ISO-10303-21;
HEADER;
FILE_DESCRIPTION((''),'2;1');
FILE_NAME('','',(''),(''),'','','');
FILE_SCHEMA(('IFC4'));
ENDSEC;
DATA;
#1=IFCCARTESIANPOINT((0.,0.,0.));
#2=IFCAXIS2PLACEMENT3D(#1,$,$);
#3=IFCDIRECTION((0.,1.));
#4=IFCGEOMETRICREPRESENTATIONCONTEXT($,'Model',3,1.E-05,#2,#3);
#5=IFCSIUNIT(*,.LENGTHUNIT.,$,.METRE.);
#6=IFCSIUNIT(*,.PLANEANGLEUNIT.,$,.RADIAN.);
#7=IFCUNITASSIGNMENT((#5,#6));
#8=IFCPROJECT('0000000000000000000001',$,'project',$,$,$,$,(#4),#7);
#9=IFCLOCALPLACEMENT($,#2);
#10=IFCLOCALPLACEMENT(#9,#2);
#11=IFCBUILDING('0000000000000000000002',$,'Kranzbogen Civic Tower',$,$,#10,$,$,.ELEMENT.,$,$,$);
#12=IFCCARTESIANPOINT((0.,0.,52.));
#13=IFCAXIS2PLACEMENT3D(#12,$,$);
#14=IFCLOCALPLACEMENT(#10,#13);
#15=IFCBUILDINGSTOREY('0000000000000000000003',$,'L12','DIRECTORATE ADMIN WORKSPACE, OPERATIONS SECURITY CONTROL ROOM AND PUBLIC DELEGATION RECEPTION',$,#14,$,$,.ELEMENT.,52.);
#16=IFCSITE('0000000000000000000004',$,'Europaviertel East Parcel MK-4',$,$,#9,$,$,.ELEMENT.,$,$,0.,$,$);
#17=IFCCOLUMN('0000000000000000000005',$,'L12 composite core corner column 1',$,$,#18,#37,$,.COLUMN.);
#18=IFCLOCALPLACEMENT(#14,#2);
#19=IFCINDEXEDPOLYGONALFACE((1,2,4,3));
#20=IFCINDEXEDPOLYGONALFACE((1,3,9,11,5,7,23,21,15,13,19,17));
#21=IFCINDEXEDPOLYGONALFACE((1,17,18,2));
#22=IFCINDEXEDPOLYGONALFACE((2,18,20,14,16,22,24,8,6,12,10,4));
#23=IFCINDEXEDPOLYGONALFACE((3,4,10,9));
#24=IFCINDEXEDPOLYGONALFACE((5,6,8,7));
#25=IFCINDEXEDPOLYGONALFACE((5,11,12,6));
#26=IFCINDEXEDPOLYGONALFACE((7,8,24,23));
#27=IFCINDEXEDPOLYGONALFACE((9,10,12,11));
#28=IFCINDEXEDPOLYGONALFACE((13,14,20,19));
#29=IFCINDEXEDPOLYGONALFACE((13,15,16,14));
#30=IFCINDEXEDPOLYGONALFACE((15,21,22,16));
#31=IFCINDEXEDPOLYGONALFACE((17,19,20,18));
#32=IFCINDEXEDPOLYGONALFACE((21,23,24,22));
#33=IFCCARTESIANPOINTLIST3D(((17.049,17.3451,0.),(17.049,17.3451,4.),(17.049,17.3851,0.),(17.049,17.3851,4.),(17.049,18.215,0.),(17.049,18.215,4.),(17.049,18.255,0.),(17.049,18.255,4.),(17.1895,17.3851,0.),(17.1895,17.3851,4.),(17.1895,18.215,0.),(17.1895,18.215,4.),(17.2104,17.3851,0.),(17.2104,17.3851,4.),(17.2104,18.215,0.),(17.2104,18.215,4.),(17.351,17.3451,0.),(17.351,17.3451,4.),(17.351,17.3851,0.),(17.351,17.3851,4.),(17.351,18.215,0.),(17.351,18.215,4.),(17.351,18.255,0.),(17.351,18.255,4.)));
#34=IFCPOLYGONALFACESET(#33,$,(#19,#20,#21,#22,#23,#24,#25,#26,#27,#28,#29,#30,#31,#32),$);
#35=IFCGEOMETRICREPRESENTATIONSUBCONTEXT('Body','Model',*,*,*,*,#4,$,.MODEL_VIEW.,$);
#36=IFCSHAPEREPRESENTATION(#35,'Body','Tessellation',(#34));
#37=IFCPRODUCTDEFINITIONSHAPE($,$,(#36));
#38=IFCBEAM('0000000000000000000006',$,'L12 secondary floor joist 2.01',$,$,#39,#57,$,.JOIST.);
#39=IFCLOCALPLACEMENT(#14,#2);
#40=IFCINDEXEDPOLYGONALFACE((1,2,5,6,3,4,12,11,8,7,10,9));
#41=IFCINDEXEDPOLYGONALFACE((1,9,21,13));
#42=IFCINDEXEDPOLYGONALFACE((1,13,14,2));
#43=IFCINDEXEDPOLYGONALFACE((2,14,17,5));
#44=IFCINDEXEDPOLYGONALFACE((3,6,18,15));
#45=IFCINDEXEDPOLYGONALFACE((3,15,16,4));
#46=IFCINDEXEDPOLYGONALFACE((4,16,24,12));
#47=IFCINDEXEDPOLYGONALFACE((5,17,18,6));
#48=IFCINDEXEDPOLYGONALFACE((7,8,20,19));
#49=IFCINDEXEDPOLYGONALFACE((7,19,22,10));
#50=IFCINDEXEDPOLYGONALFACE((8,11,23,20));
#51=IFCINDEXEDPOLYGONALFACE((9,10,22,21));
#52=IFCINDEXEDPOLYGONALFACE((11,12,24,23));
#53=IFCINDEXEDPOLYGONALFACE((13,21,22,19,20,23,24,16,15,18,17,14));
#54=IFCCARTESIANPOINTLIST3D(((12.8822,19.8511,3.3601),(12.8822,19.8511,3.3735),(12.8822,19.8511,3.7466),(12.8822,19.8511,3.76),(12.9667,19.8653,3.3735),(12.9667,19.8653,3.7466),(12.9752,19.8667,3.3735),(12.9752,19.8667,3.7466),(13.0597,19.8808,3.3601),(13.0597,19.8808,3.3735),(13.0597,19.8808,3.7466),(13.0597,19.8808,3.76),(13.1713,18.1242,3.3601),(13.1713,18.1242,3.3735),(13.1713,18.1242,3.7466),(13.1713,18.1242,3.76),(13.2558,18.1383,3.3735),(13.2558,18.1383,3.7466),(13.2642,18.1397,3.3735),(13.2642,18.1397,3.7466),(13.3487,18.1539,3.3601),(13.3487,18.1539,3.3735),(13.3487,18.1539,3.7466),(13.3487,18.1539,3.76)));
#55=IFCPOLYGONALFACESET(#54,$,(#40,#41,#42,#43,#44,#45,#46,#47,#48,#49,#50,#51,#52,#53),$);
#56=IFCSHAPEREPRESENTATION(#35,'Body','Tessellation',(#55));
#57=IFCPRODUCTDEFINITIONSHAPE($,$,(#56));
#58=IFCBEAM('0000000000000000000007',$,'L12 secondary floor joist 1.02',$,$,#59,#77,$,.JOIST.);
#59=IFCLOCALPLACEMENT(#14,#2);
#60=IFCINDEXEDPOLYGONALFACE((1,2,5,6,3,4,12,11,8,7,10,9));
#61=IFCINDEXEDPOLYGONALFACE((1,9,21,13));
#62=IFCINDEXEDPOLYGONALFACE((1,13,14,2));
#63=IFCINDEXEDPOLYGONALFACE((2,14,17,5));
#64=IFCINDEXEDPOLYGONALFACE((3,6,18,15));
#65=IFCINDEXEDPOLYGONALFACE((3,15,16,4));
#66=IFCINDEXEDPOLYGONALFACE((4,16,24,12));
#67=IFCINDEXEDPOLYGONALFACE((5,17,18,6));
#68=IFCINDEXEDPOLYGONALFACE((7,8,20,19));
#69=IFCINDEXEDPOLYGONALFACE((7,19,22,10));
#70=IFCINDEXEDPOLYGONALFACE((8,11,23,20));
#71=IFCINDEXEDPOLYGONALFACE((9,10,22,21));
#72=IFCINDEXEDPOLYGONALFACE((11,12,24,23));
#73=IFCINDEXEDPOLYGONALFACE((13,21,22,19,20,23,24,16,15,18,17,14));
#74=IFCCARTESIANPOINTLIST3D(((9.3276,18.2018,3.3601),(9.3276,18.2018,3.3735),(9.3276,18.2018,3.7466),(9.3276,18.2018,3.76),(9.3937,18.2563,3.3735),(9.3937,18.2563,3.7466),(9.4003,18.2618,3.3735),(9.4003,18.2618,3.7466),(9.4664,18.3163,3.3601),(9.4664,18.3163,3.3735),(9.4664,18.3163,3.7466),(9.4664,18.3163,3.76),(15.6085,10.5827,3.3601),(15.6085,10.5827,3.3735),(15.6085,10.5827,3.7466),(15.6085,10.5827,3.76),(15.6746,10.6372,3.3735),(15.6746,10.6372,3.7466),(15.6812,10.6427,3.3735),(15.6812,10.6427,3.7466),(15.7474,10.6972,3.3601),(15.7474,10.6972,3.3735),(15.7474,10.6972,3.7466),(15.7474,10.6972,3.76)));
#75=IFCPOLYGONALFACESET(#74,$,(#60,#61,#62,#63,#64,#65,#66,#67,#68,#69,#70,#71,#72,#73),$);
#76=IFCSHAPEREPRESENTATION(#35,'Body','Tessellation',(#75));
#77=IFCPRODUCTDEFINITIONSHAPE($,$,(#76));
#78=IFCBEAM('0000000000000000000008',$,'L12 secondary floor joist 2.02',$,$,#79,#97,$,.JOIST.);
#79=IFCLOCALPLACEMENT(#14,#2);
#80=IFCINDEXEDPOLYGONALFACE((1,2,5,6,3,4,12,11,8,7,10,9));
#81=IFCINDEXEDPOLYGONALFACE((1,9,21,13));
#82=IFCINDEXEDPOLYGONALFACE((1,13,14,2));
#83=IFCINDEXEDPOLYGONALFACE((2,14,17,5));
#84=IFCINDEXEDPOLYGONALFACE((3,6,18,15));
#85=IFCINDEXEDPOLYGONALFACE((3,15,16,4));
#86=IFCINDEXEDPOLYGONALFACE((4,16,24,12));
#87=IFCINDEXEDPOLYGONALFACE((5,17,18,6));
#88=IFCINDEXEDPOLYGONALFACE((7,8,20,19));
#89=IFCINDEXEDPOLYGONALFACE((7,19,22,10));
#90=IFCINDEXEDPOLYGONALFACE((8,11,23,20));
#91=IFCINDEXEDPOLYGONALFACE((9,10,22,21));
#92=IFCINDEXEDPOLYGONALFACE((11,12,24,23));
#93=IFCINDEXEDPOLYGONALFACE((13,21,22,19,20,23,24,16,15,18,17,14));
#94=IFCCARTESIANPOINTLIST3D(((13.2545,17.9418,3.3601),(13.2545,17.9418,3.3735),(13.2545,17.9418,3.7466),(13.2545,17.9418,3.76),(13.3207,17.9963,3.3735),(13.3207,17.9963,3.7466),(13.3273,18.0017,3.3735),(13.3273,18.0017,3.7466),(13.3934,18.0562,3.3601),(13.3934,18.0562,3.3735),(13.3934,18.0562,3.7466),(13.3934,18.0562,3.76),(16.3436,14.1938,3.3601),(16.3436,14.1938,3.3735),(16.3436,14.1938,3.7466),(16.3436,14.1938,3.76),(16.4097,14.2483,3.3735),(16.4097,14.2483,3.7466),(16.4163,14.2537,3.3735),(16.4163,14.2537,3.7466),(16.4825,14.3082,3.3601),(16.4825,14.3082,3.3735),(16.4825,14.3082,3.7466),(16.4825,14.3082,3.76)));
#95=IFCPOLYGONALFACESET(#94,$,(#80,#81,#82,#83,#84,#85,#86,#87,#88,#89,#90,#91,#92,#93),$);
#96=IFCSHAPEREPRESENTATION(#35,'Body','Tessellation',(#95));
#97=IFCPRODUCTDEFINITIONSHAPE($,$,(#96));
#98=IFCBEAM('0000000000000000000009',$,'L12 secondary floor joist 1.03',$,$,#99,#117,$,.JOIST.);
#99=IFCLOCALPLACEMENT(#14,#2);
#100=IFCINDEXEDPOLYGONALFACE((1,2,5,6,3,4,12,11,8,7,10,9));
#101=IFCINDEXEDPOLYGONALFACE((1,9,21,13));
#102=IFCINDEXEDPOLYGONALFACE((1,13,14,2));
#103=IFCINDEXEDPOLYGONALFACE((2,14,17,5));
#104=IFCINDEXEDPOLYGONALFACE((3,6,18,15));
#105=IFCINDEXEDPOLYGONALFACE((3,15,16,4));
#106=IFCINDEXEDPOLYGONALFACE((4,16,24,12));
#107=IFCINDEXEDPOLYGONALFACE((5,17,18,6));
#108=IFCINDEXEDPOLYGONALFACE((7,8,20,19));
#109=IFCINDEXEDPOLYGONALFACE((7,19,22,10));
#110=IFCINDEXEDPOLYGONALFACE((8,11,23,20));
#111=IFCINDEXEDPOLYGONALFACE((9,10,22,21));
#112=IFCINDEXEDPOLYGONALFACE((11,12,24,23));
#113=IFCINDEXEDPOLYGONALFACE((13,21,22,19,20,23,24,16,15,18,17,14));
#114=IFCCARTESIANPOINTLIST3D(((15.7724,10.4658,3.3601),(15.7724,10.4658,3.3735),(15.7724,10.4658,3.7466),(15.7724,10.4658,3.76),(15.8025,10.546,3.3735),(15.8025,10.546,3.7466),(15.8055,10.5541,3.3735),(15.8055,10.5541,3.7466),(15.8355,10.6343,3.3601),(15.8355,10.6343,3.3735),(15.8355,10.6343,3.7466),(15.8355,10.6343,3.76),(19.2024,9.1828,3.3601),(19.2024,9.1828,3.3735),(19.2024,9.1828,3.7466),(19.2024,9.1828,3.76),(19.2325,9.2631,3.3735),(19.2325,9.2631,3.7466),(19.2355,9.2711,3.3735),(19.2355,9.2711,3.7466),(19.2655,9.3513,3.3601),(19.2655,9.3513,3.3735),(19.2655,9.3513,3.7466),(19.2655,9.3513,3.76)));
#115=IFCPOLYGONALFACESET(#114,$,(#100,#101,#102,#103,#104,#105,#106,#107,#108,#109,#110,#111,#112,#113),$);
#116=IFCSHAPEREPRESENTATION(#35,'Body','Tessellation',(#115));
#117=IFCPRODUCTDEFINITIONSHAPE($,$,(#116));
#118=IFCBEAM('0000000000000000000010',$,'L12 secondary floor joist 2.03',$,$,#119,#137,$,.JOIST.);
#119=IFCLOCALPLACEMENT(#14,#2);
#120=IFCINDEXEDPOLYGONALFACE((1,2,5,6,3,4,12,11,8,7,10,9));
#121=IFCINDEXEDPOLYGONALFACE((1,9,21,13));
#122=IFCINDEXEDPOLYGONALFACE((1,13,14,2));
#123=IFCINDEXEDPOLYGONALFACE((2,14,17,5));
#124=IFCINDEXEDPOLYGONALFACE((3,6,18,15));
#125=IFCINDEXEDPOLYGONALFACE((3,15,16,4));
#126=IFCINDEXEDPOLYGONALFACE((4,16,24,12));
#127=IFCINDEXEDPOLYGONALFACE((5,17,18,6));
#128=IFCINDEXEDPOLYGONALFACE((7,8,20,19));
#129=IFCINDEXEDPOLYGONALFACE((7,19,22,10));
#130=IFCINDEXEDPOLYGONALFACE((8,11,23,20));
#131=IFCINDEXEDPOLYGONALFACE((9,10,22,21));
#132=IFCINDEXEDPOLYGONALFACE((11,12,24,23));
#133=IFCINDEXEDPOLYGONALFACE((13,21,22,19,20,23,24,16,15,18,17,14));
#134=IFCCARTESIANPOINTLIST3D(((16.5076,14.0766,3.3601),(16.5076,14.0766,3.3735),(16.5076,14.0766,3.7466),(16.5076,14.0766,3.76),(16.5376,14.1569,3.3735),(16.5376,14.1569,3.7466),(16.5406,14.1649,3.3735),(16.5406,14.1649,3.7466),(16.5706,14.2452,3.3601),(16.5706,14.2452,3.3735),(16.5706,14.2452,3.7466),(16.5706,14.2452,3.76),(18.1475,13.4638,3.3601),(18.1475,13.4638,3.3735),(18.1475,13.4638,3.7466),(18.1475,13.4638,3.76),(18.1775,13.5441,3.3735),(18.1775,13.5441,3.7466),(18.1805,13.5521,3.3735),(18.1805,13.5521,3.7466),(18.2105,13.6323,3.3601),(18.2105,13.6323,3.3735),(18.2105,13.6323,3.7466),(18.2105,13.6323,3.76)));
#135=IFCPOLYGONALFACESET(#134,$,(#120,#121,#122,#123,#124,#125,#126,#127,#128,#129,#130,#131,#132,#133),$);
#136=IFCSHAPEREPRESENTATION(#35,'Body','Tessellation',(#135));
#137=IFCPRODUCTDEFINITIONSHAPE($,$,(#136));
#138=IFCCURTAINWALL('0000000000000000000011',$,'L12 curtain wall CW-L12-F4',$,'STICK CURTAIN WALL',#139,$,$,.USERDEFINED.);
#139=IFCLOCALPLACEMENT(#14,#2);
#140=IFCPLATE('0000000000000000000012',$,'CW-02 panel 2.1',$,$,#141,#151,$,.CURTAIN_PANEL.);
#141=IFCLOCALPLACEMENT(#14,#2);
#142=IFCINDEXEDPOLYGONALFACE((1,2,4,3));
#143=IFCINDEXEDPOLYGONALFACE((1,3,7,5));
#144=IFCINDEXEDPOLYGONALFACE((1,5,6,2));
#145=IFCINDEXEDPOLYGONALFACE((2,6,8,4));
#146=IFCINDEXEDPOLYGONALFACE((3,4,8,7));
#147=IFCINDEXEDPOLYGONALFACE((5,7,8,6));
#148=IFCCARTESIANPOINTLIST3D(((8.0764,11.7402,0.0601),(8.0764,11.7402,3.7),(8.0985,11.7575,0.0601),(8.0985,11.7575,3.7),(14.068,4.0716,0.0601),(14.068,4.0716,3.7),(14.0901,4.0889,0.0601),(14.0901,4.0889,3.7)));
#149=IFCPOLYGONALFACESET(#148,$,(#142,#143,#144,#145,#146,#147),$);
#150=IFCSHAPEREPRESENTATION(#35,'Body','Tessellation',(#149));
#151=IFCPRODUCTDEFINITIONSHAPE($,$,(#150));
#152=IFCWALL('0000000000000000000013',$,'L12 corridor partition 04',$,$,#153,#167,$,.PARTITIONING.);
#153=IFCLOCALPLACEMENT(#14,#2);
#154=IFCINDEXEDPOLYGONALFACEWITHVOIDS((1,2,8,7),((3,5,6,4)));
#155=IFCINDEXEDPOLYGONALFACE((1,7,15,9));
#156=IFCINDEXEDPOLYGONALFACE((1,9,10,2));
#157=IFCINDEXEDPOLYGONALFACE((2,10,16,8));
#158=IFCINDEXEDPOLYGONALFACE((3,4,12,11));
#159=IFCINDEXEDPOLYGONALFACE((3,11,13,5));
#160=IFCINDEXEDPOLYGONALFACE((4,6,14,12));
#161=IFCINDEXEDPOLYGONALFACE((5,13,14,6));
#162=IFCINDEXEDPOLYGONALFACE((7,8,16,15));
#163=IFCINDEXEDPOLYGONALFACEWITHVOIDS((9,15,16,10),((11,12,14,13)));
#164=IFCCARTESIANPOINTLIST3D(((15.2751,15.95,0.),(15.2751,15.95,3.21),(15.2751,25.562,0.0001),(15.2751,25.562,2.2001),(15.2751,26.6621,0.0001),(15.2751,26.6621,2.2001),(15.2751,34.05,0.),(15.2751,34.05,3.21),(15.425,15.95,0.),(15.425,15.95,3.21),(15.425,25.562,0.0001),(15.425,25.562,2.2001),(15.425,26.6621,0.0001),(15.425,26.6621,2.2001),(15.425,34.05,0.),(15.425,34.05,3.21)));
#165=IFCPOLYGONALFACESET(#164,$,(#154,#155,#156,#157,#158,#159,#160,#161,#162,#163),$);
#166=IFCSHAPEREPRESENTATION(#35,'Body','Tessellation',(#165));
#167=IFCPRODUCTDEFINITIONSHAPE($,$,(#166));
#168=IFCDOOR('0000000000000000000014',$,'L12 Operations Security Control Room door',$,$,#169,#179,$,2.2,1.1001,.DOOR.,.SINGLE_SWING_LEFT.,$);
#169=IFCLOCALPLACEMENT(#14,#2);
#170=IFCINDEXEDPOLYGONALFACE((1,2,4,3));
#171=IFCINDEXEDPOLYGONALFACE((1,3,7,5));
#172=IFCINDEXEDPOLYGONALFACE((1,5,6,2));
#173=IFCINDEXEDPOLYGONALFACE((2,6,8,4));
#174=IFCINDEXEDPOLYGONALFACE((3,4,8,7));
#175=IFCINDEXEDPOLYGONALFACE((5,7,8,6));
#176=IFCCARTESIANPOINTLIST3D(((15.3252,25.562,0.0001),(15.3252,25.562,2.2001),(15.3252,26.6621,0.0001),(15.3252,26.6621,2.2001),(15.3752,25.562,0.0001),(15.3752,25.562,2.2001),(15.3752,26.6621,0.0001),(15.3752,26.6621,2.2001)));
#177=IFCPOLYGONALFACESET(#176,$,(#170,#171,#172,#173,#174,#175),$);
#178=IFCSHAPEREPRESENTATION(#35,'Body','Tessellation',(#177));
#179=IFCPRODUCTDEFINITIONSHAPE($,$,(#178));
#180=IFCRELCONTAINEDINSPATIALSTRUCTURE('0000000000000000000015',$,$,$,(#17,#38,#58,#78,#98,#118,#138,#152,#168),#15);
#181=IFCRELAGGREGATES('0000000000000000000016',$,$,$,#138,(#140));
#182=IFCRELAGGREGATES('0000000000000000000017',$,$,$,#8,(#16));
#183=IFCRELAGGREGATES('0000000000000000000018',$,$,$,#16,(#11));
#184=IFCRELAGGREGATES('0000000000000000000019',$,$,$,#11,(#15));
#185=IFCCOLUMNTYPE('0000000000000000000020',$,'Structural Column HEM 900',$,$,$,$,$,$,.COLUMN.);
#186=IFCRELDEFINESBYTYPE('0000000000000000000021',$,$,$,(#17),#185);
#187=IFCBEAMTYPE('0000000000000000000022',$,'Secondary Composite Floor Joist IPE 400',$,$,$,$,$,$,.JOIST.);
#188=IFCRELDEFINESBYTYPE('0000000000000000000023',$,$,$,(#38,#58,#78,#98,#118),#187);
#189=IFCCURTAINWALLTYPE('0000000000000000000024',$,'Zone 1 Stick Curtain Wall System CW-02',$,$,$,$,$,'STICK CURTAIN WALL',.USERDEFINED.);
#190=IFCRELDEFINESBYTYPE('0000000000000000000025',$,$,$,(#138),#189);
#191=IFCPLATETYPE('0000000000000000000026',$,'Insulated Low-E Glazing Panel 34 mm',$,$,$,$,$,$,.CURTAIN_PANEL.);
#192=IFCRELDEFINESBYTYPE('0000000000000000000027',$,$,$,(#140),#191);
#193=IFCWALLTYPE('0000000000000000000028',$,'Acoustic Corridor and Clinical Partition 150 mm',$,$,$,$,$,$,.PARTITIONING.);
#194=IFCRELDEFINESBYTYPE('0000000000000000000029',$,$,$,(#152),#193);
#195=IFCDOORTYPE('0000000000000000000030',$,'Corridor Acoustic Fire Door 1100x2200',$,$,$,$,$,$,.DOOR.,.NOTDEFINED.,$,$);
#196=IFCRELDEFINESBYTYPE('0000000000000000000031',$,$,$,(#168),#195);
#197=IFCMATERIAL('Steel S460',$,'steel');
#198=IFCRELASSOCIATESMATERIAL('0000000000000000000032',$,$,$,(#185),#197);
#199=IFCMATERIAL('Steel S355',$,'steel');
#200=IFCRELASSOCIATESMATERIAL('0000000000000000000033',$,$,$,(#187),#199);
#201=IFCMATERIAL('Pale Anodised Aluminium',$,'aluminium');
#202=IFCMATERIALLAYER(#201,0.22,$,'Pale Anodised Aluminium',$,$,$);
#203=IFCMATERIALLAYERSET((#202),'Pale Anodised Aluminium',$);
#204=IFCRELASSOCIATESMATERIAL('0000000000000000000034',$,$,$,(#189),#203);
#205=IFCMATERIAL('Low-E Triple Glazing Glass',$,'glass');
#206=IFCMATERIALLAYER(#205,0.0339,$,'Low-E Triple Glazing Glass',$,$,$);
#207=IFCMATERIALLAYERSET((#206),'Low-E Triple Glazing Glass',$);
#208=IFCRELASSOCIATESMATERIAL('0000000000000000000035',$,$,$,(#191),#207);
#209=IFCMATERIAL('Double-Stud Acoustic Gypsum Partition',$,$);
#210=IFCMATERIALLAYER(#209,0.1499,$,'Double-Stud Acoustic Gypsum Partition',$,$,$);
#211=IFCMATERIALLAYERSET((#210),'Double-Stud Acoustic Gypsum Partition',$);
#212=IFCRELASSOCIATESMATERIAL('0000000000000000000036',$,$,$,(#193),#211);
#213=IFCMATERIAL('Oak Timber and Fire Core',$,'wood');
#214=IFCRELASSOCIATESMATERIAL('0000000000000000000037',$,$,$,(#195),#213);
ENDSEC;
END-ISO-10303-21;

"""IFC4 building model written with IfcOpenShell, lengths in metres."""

from ifc_helpers import new_model, si_unit, direction, frame, frame_2d, origin, origin_2d, place, context, subcontext, project, spatial, rectangle, i_section, extrude, material, layer, layer_set, material_profile, profile_set, type_object, element, fill, aggregate, save


model = new_model("IFC4")

# Units and contexts
model_context = context("Model", 3, precision=1e-05, world=origin(), true_north=direction((0.0, 1.0)))
body_context = subcontext(model_context, "Body", "Model", "MODEL_VIEW")
ifc_project = project(units=[si_unit("LENGTHUNIT", "METRE"), si_unit("PLANEANGLEUNIT", "RADIAN")], contexts=[model_context])

# Site, building, storey
site_placement = place(None, origin())
site = spatial("IfcSite", under=ifc_project, at=site_placement, Name="Europaviertel East Parcel MK-4", CompositionType="ELEMENT", RefElevation=0.0)
building_placement = place(site_placement, origin())
building = spatial("IfcBuilding", under=site, at=building_placement, Name="Kranzbogen Civic Tower", CompositionType="ELEMENT")
storey_placement = place(building_placement, frame((0.0, 0.0, 52.0)))
storey = spatial("IfcBuildingStorey", under=building, at=storey_placement, Name="L12", Description="DIRECTORATE ADMIN WORKSPACE, OPERATIONS SECURITY CONTROL ROOM AND PUBLIC DELEGATION RECEPTION", CompositionType="ELEMENT", Elevation=52.0)

# Column
ifc_material_1 = material(Name="Steel S460", Category="steel")
ifc_material_profile_1 = material_profile(ifc_material_1, i_section(OverallWidth=0.302, OverallDepth=0.9099, WebThickness=0.021, FlangeThickness=0.04, at=origin_2d()), Name="HEM 900")
ifc_profile_set_1 = profile_set([ifc_material_profile_1], Name="Steel S460")
column_type = type_object("IfcColumnType", Name="Structural Column HEM 900", PredefinedType="COLUMN", material=ifc_profile_set_1)
column_placement = place(storey_placement, frame((17.2, 17.8, 0.0), z_axis=(0.0, 0.0, 1.0), x_axis=(1.0, 0.0, 0.0)))
element("IfcColumn", 1, at=column_placement, inside=storey, type_object=column_type, Name="L12 composite core corner column 1", PredefinedType="COLUMN", context=body_context, shape_type="SweptSolid", body=[
    extrude(i_section(OverallWidth=0.302, OverallDepth=0.9099, WebThickness=0.021, FlangeThickness=0.04, at=origin_2d()), origin(), (0.0, 0.0, 1.0), 4.0),
])

# Beams
ifc_material_2 = material(Name="Steel S355", Category="steel")
ifc_material_profile_2 = material_profile(ifc_material_2, i_section(OverallWidth=0.1799, OverallDepth=0.3999, WebThickness=0.0085, FlangeThickness=0.0134, at=origin_2d()), Name="IPE 400")
ifc_profile_set_2 = profile_set([ifc_material_profile_2], Name="Steel S355")
beam_type = type_object("IfcBeamType", Name="Secondary Composite Floor Joist IPE 400", PredefinedType="JOIST", material=ifc_profile_set_2)
beam_1_placement = place(storey_placement, frame((12.9709, 19.866, 3.5601), z_axis=(0.165077, -0.986281, 0.0), x_axis=(0.986281, 0.165077, 0.0)))
element("IfcBeam", 2, at=beam_1_placement, inside=storey, type_object=beam_type, Name="L12 secondary floor joist 2.01", PredefinedType="JOIST", context=body_context, shape_type="SweptSolid", body=[
    extrude(i_section(OverallWidth=0.1799, OverallDepth=0.3999, WebThickness=0.0085, FlangeThickness=0.0134, at=origin_2d()), origin(), (0.0, 0.0, 1.0), 1.751),
])
beam_2_placement = place(storey_placement, frame((9.397, 18.259, 3.5601), z_axis=(0.636095, -0.771611, 0.0), x_axis=(0.771611, 0.636095, 0.0)))
element("IfcBeam", 3, at=beam_2_placement, inside=storey, type_object=beam_type, Name="L12 secondary floor joist 1.02", PredefinedType="JOIST", context=body_context, shape_type="SweptSolid", body=[
    extrude(i_section(OverallWidth=0.1799, OverallDepth=0.3999, WebThickness=0.0085, FlangeThickness=0.0134, at=origin_2d()), origin(), (0.0, 0.0, 1.0), 9.8743),
])
beam_3_placement = place(storey_placement, frame((13.324, 17.999, 3.5601), z_axis=(0.636012, -0.771679, 0.0), x_axis=(0.771679, 0.636012, 0.0)))
element("IfcBeam", 4, at=beam_3_placement, inside=storey, type_object=beam_type, Name="L12 secondary floor joist 2.02", PredefinedType="JOIST", context=body_context, shape_type="SweptSolid", body=[
    extrude(i_section(OverallWidth=0.1799, OverallDepth=0.3999, WebThickness=0.0085, FlangeThickness=0.0134, at=origin_2d()), origin(), (0.0, 0.0, 1.0), 4.8569),
])
beam_4_placement = place(storey_placement, frame((15.804, 10.55, 3.5601), z_axis=(0.936622, -0.350342, 0.0), x_axis=(0.350342, 0.936622, 0.0)))
element("IfcBeam", 5, at=beam_4_placement, inside=storey, type_object=beam_type, Name="L12 secondary floor joist 1.03", PredefinedType="JOIST", context=body_context, shape_type="SweptSolid", body=[
    extrude(i_section(OverallWidth=0.1799, OverallDepth=0.3999, WebThickness=0.0085, FlangeThickness=0.0134, at=origin_2d()), origin(), (0.0, 0.0, 1.0), 3.6621),
])
beam_5_placement = place(storey_placement, frame((16.5391, 14.1609, 3.5601), z_axis=(0.936735, -0.350038, 0.0), x_axis=(0.350038, 0.936735, 0.0)))
element("IfcBeam", 6, at=beam_5_placement, inside=storey, type_object=beam_type, Name="L12 secondary floor joist 2.03", PredefinedType="JOIST", context=body_context, shape_type="SweptSolid", body=[
    extrude(i_section(OverallWidth=0.1799, OverallDepth=0.3999, WebThickness=0.0085, FlangeThickness=0.0134, at=origin_2d()), origin(), (0.0, 0.0, 1.0), 1.7507),
])

# Curtain wall, plate
ifc_material_3 = material(Name="Pale Anodised Aluminium", Category="aluminium")
ifc_layer_1 = layer(ifc_material_3, 0.22, Name="Pale Anodised Aluminium")
ifc_layer_set_1 = layer_set([ifc_layer_1], Name="Pale Anodised Aluminium")
curtain_wall_type = type_object("IfcCurtainWallType", Name="Zone 1 Stick Curtain Wall System CW-02", ElementType="STICK CURTAIN WALL", PredefinedType="USERDEFINED", material=ifc_layer_set_1)
curtain_wall_placement = place(storey_placement, origin())
curtain_wall = element("IfcCurtainWall", 7, at=curtain_wall_placement, inside=storey, type_object=curtain_wall_type, Name="L12 curtain wall CW-L12-F4", ObjectType="STICK CURTAIN WALL", PredefinedType="USERDEFINED")
ifc_material_4 = material(Name="Low-E Triple Glazing Glass", Category="glass")
ifc_layer_2 = layer(ifc_material_4, 0.0339, Name="Low-E Triple Glazing Glass")
ifc_layer_set_2 = layer_set([ifc_layer_2], Name="Low-E Triple Glazing Glass")
plate_type = type_object("IfcPlateType", Name="Insulated Low-E Glazing Panel 34 mm", PredefinedType="CURTAIN_PANEL", material=ifc_layer_set_2)
plate_placement = place(storey_placement, frame((11.0833, 7.9146, 0.0601), z_axis=(0.0, 0.0, 1.0), x_axis=(0.615677, -0.787999, 0.0)))
plate = element("IfcPlate", 8, at=plate_placement, type_object=plate_type, Name="CW-02 panel 2.1", PredefinedType="CURTAIN_PANEL", context=body_context, shape_type="SweptSolid", body=[
    extrude(rectangle(XDim=9.7317, YDim=0.0281, at=origin_2d()), origin(), (0.0, 0.0, 1.0), 3.6399),
])
aggregate(curtain_wall, [plate])

# Wall, opening, door
ifc_material_5 = material(Name="Double-Stud Acoustic Gypsum Partition")
ifc_layer_3 = layer(ifc_material_5, 0.1499, Name="Double-Stud Acoustic Gypsum Partition")
ifc_layer_set_3 = layer_set([ifc_layer_3], Name="Double-Stud Acoustic Gypsum Partition")
wall_type_1 = type_object("IfcWallType", Name="Acoustic Corridor and Clinical Partition 150 mm", PredefinedType="PARTITIONING", material=ifc_layer_set_3)
wall_1_placement = place(storey_placement, frame((15.3501, 15.95, 0.0), z_axis=(0.0, 0.0, 1.0), x_axis=(0.0, 1.0, 0.0)))
wall_1 = element("IfcWall", 9, at=wall_1_placement, inside=storey, type_object=wall_type_1, Name="L12 corridor partition 04", PredefinedType="PARTITIONING", context=body_context, shape_type="SweptSolid", body=[
    extrude(rectangle(XDim=18.1001, YDim=0.1499, at=frame_2d((9.05, 0.0))), origin(), (0.0, 0.0, 1.0), 3.21),
])
opening_1_placement = place(wall_1_placement, frame((9.6121, 0.0, 0.0)))
opening_1 = element("IfcOpeningElement", 10, at=opening_1_placement, cuts=wall_1, PredefinedType="OPENING", context=body_context, shape_type="SweptSolid", body=[
    extrude(rectangle(XDim=1.1001, YDim=2.2, at=frame_2d((0.55, 1.1001))), frame((0.0, 0.085, 0.0), z_axis=(0.0, -1.0, 0.0), x_axis=(1.0, 0.0, 0.0)), (0.0, 0.0, 1.0), 0.1699),
])
ifc_material_6 = material(Name="Oak Timber and Fire Core", Category="wood")
door_type_1 = type_object("IfcDoorType", Name="Corridor Acoustic Fire Door 1100x2200", OperationType="NOTDEFINED", PredefinedType="DOOR", material=ifc_material_6)
door_1_placement = place(opening_1_placement, origin())
door_1 = element("IfcDoor", 11, at=door_1_placement, inside=storey, type_object=door_type_1, Name="L12 Operations Security Control Room door", OperationType="SINGLE_SWING_LEFT", OverallHeight=2.2, OverallWidth=1.1001, PredefinedType="DOOR", context=body_context, shape_type="SweptSolid", body=[
    extrude(rectangle(XDim=1.1001, YDim=2.2, at=frame_2d((0.55, 1.1001))), frame((0.0, 0.0249, 0.0), z_axis=(0.0, -1.0, 0.0), x_axis=(1.0, 0.0, 0.0)), (0.0, 0.0, 1.0), 0.05),
])
fill(opening_1, door_1)

save(model, "model.ifc")
